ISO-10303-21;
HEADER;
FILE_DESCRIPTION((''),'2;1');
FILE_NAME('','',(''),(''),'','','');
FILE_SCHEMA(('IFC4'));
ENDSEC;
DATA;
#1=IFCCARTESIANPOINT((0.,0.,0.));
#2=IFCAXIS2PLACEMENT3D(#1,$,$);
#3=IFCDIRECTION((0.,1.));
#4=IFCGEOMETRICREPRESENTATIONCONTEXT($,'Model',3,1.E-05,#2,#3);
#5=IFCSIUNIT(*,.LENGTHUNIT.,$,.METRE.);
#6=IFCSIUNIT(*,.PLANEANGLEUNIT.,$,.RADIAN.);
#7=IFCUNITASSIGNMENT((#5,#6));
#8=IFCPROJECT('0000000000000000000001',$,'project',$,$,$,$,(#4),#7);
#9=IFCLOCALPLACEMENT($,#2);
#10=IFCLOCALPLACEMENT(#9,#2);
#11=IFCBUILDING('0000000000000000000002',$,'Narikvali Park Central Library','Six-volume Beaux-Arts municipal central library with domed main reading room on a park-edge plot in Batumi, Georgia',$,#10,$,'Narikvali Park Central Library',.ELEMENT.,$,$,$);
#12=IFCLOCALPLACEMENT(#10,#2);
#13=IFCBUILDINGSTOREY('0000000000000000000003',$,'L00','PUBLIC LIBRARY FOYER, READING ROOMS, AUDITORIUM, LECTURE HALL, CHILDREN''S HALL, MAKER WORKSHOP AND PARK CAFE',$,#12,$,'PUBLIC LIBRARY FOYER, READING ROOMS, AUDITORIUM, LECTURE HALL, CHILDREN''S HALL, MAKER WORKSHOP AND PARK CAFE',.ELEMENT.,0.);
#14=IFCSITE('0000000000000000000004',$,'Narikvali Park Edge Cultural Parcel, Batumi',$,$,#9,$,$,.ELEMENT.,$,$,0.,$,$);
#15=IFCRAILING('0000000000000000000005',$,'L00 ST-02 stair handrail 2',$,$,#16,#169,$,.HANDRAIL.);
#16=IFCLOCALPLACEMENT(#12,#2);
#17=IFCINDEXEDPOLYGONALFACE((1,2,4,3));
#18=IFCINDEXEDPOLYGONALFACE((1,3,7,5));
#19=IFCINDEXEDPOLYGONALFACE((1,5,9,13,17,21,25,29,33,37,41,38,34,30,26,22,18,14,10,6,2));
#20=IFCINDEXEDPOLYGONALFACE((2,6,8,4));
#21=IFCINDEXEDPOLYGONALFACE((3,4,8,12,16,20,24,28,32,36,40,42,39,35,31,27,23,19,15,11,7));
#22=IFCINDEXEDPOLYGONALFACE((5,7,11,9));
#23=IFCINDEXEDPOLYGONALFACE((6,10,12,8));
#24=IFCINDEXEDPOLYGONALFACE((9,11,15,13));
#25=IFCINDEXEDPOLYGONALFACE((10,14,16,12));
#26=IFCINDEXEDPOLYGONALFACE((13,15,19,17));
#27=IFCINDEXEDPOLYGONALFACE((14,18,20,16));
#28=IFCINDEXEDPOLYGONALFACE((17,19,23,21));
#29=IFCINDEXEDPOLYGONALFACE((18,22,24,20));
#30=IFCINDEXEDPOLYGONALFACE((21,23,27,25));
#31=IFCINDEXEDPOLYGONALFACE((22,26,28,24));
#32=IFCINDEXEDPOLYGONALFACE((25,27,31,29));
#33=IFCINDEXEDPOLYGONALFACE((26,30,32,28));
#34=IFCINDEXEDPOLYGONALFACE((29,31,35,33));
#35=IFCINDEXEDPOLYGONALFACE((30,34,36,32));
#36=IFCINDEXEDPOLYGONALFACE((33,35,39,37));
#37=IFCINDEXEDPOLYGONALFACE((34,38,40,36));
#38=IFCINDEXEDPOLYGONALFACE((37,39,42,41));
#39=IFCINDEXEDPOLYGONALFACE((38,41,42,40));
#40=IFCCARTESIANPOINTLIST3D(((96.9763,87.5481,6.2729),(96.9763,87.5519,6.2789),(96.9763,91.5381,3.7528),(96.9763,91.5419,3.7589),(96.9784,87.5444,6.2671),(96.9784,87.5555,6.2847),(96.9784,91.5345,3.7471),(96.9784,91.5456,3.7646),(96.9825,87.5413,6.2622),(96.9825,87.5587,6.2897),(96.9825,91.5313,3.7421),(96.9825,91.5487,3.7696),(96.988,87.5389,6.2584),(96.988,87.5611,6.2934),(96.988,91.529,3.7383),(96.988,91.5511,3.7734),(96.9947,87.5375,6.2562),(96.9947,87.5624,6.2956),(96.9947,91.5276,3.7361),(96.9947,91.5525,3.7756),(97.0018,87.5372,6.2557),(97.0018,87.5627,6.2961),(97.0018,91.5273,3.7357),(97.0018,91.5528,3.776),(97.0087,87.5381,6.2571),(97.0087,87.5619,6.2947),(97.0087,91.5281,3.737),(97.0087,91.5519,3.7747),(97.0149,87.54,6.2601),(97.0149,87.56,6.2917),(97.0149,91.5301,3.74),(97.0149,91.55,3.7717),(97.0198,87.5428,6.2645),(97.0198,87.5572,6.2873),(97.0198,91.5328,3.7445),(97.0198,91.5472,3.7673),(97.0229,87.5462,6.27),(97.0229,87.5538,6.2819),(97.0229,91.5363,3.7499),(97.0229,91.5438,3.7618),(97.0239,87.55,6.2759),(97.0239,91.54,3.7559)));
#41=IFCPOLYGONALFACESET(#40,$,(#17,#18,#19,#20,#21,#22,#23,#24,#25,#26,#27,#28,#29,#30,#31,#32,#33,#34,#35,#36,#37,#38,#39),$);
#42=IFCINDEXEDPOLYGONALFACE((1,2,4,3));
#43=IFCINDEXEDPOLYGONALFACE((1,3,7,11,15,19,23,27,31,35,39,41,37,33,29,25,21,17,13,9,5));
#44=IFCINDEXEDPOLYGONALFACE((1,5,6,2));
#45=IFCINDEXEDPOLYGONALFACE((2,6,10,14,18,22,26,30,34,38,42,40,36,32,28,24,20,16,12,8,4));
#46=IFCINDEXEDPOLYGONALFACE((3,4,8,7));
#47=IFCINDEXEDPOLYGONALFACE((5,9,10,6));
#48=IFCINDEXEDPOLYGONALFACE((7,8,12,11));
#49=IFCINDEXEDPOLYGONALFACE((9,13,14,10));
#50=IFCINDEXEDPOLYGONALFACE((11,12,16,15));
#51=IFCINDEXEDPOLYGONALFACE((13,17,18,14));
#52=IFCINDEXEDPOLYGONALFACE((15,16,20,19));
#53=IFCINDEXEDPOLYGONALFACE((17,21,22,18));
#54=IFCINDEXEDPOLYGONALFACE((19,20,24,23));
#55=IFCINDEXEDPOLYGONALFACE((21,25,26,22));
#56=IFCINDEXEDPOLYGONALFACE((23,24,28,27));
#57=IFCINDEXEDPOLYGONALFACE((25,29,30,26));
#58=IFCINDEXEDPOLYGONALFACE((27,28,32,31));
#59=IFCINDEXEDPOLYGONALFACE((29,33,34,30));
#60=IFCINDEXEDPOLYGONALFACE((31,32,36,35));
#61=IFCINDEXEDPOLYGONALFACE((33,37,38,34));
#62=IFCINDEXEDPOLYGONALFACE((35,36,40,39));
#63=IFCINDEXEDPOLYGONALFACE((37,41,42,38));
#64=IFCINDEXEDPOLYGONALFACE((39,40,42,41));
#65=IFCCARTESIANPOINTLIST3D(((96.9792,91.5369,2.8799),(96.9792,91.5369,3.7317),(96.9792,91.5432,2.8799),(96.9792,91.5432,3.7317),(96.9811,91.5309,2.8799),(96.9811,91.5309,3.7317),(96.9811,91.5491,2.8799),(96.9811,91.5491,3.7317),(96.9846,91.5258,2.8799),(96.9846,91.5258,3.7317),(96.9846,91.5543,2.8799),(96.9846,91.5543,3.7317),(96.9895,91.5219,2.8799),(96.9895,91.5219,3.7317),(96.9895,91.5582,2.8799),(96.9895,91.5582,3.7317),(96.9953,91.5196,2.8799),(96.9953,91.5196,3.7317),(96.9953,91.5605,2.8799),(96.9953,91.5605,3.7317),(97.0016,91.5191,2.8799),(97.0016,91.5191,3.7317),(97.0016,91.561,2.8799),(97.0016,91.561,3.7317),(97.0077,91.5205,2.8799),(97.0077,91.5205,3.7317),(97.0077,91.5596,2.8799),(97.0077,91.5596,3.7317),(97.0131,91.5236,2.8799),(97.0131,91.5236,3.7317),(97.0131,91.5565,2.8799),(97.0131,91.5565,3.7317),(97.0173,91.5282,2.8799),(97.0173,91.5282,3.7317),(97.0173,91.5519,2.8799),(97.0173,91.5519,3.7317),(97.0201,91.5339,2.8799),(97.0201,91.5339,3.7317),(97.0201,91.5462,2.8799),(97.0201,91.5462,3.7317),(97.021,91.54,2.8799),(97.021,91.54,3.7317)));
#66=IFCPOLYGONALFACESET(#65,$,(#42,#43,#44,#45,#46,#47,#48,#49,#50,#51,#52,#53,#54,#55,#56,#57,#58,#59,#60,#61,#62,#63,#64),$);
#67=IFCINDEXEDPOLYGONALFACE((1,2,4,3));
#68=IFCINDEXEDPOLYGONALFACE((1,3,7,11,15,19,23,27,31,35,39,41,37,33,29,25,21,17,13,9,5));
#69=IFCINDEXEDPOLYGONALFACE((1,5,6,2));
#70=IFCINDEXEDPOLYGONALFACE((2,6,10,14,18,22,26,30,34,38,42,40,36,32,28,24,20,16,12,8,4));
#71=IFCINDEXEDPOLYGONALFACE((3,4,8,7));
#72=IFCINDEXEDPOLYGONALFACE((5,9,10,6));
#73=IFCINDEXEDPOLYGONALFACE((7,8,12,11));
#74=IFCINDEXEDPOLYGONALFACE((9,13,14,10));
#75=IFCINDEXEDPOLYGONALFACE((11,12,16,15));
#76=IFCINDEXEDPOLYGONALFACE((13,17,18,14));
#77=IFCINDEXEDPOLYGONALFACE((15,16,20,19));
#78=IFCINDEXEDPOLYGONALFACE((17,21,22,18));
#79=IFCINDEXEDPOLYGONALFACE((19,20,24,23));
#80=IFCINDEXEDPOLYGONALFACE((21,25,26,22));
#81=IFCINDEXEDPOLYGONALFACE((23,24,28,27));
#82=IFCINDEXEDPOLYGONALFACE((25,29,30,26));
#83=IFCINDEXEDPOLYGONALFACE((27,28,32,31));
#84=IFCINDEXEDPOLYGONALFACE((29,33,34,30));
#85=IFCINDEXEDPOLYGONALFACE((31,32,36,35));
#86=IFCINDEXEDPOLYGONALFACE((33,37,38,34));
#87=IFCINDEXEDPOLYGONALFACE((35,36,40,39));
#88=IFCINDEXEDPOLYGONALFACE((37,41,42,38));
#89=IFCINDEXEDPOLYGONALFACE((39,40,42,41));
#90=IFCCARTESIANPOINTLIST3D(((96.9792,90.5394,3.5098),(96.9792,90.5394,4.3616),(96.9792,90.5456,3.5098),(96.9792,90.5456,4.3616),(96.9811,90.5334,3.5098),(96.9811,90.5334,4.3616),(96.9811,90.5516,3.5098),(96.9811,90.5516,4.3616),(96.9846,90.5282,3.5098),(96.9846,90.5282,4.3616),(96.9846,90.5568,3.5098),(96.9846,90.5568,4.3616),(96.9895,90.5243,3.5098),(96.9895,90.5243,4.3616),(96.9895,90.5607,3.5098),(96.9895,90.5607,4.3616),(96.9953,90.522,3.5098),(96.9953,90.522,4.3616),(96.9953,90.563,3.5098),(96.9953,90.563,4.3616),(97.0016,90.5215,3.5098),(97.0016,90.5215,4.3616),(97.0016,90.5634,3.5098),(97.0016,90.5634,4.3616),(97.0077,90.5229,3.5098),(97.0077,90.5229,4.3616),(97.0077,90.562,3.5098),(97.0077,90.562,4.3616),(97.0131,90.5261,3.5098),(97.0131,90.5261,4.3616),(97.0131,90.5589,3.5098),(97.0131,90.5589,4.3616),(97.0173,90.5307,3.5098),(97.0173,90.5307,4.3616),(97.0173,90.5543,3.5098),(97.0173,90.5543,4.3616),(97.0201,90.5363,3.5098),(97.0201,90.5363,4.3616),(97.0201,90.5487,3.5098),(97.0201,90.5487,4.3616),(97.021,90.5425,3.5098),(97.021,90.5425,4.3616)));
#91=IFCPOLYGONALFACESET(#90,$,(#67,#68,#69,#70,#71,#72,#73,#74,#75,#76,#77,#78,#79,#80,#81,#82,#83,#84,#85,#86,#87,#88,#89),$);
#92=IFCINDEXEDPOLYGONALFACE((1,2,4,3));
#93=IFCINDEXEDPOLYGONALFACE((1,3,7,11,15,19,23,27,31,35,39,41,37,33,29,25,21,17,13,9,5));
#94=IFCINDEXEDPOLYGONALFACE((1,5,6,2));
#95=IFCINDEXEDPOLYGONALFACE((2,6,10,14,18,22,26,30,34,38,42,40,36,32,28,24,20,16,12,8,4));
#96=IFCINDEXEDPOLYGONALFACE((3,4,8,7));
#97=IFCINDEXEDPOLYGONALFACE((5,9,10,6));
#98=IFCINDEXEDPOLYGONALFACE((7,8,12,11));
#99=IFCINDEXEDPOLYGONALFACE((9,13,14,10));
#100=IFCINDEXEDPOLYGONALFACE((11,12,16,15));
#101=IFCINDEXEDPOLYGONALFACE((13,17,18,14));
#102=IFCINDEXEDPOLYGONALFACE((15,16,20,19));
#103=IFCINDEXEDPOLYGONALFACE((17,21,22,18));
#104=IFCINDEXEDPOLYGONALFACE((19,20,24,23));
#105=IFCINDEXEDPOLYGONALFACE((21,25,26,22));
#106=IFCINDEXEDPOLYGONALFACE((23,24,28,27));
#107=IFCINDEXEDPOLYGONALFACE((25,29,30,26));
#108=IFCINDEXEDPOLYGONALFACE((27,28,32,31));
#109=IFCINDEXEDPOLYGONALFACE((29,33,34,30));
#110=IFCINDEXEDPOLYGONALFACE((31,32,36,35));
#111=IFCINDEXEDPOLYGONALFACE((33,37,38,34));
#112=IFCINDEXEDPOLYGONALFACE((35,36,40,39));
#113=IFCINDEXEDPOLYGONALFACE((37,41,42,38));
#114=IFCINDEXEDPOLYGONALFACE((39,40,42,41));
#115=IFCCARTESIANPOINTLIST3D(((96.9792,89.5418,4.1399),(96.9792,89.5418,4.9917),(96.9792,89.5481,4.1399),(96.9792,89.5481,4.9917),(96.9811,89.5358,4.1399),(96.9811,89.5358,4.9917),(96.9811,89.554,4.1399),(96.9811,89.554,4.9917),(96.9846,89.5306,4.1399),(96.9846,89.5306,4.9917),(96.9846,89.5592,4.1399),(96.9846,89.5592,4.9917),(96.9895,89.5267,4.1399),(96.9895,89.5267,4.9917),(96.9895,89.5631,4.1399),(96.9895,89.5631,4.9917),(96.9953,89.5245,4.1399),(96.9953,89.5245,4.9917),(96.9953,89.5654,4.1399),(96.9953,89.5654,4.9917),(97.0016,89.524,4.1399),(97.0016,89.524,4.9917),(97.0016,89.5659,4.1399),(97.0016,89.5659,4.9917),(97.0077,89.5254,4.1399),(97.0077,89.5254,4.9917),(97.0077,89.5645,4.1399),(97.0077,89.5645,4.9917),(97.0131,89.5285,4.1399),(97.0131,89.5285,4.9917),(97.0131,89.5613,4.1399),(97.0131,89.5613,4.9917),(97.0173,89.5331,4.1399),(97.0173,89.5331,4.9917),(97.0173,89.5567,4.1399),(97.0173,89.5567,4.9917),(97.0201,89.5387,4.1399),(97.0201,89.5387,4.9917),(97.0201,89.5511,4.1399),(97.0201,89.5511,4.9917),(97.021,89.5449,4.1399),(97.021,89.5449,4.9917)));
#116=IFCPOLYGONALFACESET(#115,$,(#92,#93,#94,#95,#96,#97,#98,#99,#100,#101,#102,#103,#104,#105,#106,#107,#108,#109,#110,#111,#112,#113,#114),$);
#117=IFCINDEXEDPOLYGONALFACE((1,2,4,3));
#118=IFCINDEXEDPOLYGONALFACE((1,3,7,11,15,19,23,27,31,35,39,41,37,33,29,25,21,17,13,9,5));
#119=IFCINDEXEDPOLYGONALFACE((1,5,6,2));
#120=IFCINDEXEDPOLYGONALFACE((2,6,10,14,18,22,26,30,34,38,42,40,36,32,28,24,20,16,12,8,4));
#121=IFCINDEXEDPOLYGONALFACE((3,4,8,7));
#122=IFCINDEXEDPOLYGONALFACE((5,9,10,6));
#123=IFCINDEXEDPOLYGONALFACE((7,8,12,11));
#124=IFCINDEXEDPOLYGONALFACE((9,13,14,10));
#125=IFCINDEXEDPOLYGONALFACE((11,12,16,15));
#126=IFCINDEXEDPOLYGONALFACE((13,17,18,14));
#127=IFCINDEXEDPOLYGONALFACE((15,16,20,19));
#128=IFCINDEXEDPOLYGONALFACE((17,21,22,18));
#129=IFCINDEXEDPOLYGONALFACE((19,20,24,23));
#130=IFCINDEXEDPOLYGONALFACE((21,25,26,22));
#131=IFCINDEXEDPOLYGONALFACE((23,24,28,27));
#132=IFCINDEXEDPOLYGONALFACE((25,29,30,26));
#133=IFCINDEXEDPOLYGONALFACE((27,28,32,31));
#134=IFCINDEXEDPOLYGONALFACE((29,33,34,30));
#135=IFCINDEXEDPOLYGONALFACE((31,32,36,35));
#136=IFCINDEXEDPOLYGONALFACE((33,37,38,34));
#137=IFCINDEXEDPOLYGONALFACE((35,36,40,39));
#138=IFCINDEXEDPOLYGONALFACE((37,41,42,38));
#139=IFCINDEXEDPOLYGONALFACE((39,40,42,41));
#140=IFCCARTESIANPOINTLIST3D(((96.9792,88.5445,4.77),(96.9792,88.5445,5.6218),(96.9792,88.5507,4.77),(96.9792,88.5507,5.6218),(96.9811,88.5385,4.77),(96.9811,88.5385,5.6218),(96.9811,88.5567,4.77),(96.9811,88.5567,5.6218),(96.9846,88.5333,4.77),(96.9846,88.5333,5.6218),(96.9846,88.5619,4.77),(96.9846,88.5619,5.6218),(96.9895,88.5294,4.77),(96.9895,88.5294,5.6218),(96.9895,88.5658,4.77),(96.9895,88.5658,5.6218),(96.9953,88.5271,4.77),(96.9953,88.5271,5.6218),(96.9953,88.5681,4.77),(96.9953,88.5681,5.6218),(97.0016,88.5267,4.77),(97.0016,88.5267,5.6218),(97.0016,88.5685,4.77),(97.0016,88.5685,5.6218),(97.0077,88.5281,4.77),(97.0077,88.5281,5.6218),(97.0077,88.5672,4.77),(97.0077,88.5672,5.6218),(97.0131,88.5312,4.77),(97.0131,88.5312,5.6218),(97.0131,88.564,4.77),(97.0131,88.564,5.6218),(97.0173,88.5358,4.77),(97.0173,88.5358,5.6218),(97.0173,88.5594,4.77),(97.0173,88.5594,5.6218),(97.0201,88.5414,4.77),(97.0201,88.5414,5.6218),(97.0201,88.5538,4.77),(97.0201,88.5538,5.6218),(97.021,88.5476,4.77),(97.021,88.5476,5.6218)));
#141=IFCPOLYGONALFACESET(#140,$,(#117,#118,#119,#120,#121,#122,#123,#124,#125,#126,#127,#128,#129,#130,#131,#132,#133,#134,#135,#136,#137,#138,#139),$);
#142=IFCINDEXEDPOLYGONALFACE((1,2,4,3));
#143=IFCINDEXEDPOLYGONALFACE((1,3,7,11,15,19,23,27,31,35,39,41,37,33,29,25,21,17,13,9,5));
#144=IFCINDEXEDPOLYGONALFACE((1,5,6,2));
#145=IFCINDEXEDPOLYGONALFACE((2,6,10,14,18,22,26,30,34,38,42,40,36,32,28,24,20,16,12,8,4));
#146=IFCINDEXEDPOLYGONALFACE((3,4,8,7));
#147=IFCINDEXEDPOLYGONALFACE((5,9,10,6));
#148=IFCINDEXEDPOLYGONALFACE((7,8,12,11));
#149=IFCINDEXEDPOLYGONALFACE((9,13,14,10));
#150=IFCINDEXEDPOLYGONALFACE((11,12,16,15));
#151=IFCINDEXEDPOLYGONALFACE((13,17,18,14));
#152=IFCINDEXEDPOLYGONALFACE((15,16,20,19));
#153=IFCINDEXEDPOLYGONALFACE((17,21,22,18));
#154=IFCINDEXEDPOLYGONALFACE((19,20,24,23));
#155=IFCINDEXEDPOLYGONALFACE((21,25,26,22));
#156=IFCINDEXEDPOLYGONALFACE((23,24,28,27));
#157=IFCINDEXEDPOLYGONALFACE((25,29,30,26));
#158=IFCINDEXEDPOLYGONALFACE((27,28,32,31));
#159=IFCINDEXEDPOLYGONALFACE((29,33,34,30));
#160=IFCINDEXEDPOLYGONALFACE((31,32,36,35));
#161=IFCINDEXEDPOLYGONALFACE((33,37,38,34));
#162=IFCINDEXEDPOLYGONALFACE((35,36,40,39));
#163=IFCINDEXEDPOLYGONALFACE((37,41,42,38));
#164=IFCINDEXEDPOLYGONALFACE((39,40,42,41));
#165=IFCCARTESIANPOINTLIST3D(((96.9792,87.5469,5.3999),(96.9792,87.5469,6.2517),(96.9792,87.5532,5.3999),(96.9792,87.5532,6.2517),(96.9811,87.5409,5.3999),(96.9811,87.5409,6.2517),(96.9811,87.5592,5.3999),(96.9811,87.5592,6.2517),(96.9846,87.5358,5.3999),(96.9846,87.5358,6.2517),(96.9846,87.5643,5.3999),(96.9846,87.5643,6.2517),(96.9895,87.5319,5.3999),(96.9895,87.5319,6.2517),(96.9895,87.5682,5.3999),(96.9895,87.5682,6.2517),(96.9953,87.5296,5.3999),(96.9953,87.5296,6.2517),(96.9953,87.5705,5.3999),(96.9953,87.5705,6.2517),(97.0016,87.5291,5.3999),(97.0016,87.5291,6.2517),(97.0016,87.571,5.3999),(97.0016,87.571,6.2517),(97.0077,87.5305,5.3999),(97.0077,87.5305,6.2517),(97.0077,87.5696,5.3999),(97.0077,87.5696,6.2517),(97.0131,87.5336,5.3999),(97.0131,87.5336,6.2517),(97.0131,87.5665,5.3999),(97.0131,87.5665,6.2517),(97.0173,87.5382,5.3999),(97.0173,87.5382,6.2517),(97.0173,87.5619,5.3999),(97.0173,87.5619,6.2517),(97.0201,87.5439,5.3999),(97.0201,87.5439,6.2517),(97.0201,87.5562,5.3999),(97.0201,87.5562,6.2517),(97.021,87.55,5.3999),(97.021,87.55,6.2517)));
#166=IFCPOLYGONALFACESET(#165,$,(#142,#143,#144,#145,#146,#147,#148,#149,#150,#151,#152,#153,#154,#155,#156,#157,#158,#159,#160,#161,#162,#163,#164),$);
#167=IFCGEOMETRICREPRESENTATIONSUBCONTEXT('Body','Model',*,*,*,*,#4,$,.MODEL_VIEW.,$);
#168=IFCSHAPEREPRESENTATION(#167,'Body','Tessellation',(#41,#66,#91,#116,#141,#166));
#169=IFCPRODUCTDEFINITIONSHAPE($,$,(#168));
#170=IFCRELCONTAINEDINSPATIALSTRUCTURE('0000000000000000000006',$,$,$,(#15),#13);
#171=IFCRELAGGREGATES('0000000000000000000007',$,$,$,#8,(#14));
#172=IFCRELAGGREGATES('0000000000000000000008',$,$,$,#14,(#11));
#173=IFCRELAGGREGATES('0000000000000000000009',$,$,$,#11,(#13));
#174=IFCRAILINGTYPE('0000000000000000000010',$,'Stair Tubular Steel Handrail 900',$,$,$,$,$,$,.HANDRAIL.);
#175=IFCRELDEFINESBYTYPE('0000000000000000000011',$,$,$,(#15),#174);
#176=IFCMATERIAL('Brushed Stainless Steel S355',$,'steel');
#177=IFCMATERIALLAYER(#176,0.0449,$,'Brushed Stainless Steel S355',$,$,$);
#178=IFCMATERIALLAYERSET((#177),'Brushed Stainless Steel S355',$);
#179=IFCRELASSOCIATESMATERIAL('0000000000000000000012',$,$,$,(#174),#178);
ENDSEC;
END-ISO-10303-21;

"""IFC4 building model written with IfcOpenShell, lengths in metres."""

from ifc_helpers import new_model, si_unit, direction, frame, origin, origin_2d, place, context, subcontext, project, spatial, circle, extrude, material, layer, layer_set, type_object, element, save


model = new_model("IFC4")

# Units and contexts
model_context = context("Model", 3, precision=1e-05, world=origin(), true_north=direction((0.0, 1.0)))
body_context = subcontext(model_context, "Body", "Model", "MODEL_VIEW")
ifc_project = project(units=[si_unit("LENGTHUNIT", "METRE"), si_unit("PLANEANGLEUNIT", "RADIAN")], contexts=[model_context])

# Site, building, storey
site_placement = place(None, origin())
site = spatial("IfcSite", under=ifc_project, at=site_placement, Name="Narikvali Park Edge Cultural Parcel, Batumi", CompositionType="ELEMENT", RefElevation=0.0)
building_placement = place(site_placement, origin())
building = spatial("IfcBuilding", under=site, at=building_placement, Name="Narikvali Park Central Library", Description="Six-volume Beaux-Arts municipal central library with domed main reading room on a park-edge plot in Batumi, Georgia", LongName="Narikvali Park Central Library", CompositionType="ELEMENT")
storey_placement = place(building_placement, origin())
storey = spatial("IfcBuildingStorey", under=building, at=storey_placement, Name="L00", Description="PUBLIC LIBRARY FOYER, READING ROOMS, AUDITORIUM, LECTURE HALL, CHILDREN'S HALL, MAKER WORKSHOP AND PARK CAFE", LongName="PUBLIC LIBRARY FOYER, READING ROOMS, AUDITORIUM, LECTURE HALL, CHILDREN'S HALL, MAKER WORKSHOP AND PARK CAFE", CompositionType="ELEMENT", Elevation=0.0)

# Shared definitions
ifc_material_1 = material(Name="Brushed Stainless Steel S355", Category="steel")

# Railing
ifc_layer_1 = layer(ifc_material_1, 0.0449, Name="Brushed Stainless Steel S355")
ifc_layer_set_1 = layer_set([ifc_layer_1], Name="Brushed Stainless Steel S355")
railing_type_1 = type_object("IfcRailingType", Name="Stair Tubular Steel Handrail 900", PredefinedType="HANDRAIL", material=ifc_layer_set_1)
railing_1_placement = place(storey_placement, frame((97.0, 91.54, 2.8799)))
element("IfcRailing", 1, at=railing_1_placement, inside=storey, type_object=railing_type_1, Name="L00 ST-02 stair handrail 2", PredefinedType="HANDRAIL", context=body_context, shape_type="SweptSolid", body=[
    extrude(circle(Radius=0.0239, at=origin_2d()), frame((0.0, 0.0, 0.876), z_axis=(0.0, -0.845486, 0.533997), x_axis=(1.0, 0.0, 0.0)), (0.0, 0.0, 1.0), 4.7192),
    extrude(circle(Radius=0.021, at=origin_2d()), origin(), (0.0, 0.0, 1.0), 0.8518),
    extrude(circle(Radius=0.021, at=origin_2d()), frame((0.0, -0.9976, 0.6299)), (0.0, 0.0, 1.0), 0.8518),
    extrude(circle(Radius=0.021, at=origin_2d()), frame((0.0, -1.9951, 1.26)), (0.0, 0.0, 1.0), 0.8518),
    extrude(circle(Radius=0.021, at=origin_2d()), frame((0.0, -2.9924, 1.8901)), (0.0, 0.0, 1.0), 0.8518),
    extrude(circle(Radius=0.021, at=origin_2d()), frame((0.0, -3.99, 2.52)), (0.0, 0.0, 1.0), 0.8518),
])

save(model, "model.ifc")
